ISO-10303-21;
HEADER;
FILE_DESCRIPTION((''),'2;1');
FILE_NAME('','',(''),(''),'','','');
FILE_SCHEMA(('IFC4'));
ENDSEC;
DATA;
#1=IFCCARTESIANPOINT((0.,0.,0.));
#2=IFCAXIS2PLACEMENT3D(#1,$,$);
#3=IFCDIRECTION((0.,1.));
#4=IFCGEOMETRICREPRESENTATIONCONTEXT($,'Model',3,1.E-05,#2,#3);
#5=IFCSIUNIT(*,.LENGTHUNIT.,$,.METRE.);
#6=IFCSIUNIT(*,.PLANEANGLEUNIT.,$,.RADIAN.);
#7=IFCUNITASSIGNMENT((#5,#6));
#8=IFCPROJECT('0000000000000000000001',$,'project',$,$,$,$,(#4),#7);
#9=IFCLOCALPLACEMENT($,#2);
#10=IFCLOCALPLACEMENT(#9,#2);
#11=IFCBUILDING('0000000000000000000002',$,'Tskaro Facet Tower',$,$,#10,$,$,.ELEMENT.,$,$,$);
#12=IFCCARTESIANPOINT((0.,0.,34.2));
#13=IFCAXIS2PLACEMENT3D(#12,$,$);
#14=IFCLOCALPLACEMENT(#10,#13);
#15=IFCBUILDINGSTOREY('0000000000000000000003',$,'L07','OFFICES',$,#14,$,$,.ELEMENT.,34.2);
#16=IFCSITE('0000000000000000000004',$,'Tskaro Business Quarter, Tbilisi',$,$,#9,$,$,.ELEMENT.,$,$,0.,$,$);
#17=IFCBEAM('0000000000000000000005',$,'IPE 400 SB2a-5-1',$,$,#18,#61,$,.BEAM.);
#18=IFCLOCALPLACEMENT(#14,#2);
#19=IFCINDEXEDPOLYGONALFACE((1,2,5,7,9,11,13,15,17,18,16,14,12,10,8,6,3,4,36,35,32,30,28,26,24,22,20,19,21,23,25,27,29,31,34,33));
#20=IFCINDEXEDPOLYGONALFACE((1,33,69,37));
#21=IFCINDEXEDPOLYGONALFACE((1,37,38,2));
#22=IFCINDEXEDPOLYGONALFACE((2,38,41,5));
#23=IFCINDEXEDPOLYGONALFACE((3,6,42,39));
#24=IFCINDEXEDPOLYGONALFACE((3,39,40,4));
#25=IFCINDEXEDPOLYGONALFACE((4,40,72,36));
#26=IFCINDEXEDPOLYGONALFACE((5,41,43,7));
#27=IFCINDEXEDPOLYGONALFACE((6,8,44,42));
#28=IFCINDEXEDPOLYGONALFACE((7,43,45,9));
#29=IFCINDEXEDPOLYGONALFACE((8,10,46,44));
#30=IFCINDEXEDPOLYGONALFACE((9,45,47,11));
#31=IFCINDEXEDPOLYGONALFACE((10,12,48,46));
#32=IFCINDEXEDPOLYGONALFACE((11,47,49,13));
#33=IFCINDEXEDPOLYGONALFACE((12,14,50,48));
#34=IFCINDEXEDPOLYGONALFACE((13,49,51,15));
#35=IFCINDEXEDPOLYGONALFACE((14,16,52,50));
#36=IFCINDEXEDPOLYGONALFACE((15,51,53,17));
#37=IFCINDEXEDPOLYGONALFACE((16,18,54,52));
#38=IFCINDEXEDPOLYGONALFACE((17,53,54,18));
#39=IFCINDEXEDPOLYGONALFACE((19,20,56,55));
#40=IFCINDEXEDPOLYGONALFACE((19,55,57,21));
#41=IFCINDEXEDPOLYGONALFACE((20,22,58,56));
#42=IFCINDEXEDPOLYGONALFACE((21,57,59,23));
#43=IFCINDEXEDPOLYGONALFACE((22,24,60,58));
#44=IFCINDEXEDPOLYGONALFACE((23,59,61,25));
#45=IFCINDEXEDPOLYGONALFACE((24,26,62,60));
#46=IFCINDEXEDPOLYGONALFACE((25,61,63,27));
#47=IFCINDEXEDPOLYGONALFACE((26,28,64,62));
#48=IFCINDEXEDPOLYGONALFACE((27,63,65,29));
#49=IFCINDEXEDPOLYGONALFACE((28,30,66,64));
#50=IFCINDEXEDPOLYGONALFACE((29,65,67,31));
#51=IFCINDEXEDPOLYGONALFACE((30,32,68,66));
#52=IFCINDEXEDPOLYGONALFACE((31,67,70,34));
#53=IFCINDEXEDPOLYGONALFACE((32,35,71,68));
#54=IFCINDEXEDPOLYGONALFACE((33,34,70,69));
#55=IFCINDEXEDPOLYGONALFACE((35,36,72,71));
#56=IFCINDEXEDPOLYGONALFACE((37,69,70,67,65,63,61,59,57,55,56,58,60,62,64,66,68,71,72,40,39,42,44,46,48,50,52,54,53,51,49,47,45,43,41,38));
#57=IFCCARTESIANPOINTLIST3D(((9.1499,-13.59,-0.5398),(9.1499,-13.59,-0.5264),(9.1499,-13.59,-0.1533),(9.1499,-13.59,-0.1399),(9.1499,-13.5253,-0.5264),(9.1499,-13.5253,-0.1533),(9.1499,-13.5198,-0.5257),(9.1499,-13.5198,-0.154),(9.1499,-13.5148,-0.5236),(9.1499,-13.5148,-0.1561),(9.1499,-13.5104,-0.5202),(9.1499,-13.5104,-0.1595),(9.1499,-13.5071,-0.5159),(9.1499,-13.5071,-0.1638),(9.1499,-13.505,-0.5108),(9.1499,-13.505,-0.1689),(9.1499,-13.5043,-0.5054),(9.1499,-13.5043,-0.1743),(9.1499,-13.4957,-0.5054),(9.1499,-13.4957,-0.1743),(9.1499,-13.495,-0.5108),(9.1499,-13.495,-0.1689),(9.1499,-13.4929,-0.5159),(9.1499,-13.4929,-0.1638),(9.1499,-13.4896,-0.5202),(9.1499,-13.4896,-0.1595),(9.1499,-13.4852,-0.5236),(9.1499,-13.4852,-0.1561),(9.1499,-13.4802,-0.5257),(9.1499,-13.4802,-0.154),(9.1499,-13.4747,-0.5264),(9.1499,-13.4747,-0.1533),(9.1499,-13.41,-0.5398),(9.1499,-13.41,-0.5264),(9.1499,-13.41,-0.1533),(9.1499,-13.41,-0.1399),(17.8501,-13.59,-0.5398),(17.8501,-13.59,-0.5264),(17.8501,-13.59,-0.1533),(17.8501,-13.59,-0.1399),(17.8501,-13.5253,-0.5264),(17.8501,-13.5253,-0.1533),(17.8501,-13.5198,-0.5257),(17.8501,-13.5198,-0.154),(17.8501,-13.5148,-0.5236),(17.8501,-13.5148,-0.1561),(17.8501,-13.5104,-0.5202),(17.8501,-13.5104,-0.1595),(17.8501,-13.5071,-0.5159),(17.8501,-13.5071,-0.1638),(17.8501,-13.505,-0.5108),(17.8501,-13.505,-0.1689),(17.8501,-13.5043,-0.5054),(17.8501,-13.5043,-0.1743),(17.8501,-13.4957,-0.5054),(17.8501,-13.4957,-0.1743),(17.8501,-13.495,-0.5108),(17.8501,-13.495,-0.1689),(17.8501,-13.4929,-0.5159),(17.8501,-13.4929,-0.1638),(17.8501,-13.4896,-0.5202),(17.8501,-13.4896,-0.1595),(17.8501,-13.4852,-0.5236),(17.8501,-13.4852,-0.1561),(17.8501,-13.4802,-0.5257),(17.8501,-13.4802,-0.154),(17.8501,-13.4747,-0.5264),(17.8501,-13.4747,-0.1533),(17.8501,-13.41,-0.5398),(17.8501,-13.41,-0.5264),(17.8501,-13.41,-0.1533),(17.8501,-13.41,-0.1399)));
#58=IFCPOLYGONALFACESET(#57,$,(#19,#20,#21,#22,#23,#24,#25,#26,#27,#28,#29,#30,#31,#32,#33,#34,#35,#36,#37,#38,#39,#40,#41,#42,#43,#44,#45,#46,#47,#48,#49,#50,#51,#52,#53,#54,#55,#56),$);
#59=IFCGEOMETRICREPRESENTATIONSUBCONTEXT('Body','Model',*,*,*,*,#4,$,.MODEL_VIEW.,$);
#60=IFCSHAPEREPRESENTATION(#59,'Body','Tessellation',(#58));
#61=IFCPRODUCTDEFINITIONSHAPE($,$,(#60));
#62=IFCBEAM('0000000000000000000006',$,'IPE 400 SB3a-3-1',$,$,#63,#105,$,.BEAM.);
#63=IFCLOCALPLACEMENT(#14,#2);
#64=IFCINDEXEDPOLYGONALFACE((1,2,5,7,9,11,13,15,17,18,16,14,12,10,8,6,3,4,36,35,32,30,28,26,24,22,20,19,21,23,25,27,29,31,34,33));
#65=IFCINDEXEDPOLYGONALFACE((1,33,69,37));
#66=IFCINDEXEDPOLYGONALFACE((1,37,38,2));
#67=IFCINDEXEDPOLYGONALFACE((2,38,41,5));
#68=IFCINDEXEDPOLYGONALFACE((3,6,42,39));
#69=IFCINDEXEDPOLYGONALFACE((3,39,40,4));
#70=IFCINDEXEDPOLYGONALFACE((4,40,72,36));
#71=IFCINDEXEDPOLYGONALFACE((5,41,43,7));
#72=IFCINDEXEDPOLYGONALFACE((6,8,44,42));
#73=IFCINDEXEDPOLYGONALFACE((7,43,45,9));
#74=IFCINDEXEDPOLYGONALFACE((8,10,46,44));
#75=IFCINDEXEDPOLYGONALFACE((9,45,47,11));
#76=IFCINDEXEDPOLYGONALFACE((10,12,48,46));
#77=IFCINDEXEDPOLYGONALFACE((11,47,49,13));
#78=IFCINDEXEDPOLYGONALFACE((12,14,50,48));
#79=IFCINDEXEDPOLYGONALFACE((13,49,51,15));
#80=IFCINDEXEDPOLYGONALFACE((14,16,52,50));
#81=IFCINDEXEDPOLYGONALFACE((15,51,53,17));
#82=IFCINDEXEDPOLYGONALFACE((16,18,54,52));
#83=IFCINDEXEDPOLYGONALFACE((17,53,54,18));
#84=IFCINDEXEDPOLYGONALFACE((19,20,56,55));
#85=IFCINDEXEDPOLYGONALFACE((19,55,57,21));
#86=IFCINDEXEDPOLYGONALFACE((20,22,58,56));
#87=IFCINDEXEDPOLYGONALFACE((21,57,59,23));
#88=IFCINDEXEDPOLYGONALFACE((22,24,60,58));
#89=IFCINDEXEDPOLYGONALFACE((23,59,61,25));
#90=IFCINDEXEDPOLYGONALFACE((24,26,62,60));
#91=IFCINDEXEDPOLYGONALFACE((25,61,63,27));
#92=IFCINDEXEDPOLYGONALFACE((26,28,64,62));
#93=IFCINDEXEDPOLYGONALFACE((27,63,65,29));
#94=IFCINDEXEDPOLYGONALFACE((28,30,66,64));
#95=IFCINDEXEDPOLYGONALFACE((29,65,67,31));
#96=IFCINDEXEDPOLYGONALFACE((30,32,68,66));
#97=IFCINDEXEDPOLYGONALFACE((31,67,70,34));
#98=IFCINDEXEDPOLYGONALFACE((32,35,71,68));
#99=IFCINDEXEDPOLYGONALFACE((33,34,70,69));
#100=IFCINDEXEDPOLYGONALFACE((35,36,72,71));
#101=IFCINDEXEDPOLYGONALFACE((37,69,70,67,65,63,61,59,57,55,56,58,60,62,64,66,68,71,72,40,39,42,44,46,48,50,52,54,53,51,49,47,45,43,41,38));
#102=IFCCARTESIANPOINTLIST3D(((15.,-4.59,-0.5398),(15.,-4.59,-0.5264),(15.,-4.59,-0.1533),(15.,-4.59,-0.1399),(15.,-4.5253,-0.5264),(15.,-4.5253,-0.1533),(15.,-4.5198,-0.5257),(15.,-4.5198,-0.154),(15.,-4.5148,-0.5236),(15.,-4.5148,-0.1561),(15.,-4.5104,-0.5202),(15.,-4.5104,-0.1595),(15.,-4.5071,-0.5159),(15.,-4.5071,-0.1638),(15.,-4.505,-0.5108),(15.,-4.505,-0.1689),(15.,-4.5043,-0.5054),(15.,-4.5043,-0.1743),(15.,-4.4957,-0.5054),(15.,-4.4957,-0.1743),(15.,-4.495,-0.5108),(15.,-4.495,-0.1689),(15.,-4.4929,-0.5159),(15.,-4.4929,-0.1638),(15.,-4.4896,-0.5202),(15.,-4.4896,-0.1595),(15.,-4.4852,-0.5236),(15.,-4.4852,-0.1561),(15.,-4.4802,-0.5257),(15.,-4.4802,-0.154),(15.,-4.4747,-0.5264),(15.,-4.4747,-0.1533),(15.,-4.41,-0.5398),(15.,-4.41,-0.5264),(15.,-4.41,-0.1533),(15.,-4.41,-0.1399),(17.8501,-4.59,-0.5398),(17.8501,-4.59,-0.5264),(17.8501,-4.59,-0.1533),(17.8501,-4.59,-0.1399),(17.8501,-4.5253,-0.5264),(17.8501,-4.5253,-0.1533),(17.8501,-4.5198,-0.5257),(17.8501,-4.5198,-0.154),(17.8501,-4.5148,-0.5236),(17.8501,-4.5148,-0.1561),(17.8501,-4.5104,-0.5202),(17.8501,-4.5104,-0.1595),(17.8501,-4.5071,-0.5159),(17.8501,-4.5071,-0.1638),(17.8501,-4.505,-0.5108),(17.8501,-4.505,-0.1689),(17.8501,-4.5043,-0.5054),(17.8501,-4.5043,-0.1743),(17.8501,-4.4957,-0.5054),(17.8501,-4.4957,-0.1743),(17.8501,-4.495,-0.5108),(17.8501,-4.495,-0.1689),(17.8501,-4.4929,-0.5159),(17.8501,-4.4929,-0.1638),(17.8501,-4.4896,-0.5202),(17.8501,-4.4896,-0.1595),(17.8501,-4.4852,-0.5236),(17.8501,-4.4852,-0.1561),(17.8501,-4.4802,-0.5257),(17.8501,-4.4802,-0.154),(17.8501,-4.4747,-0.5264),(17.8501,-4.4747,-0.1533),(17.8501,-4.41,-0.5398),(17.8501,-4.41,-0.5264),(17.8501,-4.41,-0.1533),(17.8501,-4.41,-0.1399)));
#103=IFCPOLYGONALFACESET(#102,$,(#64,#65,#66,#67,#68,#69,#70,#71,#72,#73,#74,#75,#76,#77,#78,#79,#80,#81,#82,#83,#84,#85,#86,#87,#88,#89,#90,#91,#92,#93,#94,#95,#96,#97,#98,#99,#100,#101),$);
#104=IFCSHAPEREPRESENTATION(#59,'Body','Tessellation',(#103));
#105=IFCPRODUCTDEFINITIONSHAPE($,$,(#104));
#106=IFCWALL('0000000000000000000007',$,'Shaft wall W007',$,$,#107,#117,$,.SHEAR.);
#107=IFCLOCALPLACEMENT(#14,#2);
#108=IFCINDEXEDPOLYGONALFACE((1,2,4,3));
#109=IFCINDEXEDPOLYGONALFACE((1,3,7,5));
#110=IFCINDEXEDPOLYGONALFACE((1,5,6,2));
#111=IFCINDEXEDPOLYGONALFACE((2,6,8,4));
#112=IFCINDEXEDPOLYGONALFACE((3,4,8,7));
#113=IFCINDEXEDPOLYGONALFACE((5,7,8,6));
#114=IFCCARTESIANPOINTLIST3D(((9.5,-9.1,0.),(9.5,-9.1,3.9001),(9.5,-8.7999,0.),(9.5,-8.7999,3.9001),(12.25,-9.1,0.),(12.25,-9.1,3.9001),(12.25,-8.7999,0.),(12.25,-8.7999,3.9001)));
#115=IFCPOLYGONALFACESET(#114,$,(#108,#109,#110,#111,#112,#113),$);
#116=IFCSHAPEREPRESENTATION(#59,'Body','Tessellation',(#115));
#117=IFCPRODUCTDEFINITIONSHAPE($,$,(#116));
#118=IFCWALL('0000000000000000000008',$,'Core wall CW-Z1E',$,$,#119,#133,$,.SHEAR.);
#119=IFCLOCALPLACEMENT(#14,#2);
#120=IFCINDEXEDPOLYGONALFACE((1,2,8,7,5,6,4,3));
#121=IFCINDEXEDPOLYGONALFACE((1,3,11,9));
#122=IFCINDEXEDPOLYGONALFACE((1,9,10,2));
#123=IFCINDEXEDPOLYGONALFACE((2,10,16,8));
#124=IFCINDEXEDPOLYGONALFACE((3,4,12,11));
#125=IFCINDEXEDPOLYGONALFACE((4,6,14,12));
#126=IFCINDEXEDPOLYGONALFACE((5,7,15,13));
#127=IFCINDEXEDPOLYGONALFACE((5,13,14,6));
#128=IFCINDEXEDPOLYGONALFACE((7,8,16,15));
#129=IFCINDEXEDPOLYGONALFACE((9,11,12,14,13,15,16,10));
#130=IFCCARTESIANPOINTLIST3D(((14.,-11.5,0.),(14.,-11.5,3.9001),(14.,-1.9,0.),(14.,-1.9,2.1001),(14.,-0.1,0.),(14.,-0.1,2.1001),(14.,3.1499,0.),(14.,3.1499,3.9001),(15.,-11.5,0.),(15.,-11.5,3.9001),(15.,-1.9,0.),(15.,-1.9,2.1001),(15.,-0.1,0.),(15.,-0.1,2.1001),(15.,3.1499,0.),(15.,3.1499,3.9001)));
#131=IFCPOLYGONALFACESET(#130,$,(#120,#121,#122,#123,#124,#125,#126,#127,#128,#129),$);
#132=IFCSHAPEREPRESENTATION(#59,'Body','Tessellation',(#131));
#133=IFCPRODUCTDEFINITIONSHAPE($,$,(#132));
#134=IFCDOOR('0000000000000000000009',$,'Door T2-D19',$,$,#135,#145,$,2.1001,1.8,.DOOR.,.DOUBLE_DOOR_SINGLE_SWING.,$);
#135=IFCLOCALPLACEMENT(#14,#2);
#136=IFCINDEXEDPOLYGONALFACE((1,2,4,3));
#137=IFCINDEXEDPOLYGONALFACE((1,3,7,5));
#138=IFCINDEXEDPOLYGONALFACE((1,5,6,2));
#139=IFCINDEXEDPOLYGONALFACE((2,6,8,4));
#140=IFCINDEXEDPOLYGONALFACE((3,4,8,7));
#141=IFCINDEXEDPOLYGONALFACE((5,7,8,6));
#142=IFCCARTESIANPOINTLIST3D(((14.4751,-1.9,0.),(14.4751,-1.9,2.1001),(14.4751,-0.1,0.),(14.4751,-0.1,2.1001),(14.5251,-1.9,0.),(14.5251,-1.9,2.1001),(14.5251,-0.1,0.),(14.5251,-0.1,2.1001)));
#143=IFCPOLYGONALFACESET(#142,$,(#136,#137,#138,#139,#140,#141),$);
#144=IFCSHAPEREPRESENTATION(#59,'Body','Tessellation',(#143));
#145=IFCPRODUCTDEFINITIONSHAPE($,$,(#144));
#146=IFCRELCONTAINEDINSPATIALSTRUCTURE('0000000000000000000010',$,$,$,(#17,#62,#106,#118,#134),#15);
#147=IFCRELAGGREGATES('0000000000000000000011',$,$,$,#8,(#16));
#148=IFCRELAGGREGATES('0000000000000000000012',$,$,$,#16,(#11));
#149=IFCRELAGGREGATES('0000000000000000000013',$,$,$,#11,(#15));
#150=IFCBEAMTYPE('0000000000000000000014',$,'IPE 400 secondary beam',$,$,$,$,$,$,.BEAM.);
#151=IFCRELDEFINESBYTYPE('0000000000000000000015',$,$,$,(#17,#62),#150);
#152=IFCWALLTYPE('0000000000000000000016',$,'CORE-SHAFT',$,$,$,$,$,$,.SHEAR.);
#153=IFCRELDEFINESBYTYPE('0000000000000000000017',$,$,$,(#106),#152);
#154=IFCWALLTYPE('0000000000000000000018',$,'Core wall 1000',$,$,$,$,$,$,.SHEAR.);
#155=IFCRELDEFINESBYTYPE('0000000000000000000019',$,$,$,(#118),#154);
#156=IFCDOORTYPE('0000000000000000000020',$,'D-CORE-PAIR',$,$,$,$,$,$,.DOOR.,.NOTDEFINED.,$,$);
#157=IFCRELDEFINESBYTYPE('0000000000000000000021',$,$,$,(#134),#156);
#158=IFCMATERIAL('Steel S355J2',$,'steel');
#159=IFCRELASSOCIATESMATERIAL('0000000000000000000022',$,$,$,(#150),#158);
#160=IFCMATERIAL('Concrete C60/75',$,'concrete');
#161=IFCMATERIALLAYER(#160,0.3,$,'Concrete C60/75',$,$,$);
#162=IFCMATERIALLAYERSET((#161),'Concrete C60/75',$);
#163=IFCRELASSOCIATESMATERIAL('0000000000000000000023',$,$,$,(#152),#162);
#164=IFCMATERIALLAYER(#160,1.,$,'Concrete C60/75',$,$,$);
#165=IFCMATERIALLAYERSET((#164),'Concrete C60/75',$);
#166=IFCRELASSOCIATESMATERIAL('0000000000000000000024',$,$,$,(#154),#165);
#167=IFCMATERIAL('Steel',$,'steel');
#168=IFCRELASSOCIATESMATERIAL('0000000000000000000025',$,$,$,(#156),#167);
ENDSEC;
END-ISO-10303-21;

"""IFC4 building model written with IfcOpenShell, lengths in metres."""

from ifc_helpers import new_model, si_unit, direction, frame, frame_2d, origin, origin_2d, place, context, subcontext, project, spatial, rectangle, i_section, extrude, material, layer, layer_set, material_profile, profile_set, type_object, element, fill, save


model = new_model("IFC4")

# Units and contexts
model_context = context("Model", 3, precision=1e-05, world=origin(), true_north=direction((0.0, 1.0)))
body_context = subcontext(model_context, "Body", "Model", "MODEL_VIEW")
ifc_project = project(units=[si_unit("LENGTHUNIT", "METRE"), si_unit("PLANEANGLEUNIT", "RADIAN")], contexts=[model_context])

# Site, building, storey
site_placement = place(None, origin())
site = spatial("IfcSite", under=ifc_project, at=site_placement, Name="Tskaro Business Quarter, Tbilisi", CompositionType="ELEMENT", RefElevation=0.0)
building_placement = place(site_placement, origin())
building = spatial("IfcBuilding", under=site, at=building_placement, Name="Tskaro Facet Tower", CompositionType="ELEMENT")
storey_placement = place(building_placement, frame((0.0, 0.0, 34.2)))
storey = spatial("IfcBuildingStorey", under=building, at=storey_placement, Name="L07", Description="OFFICES", CompositionType="ELEMENT", Elevation=34.2)

# Beams
ifc_material_1 = material(Name="Steel S355J2", Category="steel")
ifc_material_profile = material_profile(ifc_material_1, i_section(OverallWidth=0.1799, OverallDepth=0.3999, WebThickness=0.0085, FlangeThickness=0.0134, FilletRadius=0.021, at=origin_2d()), Name="IPE 400")
ifc_profile_set = profile_set([ifc_material_profile], Name="Steel S355J2")
beam_type = type_object("IfcBeamType", Name="IPE 400 secondary beam", PredefinedType="BEAM", material=ifc_profile_set)
beam_1_placement = place(storey_placement, frame((9.1499, -13.5, -0.3398), z_axis=(1.0, 0.0, 0.0), x_axis=(0.0, 1.0, 0.0)))
element("IfcBeam", 1, at=beam_1_placement, inside=storey, type_object=beam_type, Name="IPE 400 SB2a-5-1", PredefinedType="BEAM", context=body_context, shape_type="SweptSolid", body=[
    extrude(i_section(OverallWidth=0.1799, OverallDepth=0.3999, WebThickness=0.0085, FlangeThickness=0.0134, FilletRadius=0.021, at=origin_2d()), origin(), (0.0, 0.0, 1.0), 8.7002),
])
beam_2_placement = place(storey_placement, frame((15.0, -4.5, -0.3398), z_axis=(1.0, 0.0, 0.0), x_axis=(0.0, 1.0, 0.0)))
element("IfcBeam", 2, at=beam_2_placement, inside=storey, type_object=beam_type, Name="IPE 400 SB3a-3-1", PredefinedType="BEAM", context=body_context, shape_type="SweptSolid", body=[
    extrude(i_section(OverallWidth=0.1799, OverallDepth=0.3999, WebThickness=0.0085, FlangeThickness=0.0134, FilletRadius=0.021, at=origin_2d()), origin(), (0.0, 0.0, 1.0), 2.8501),
])

# Wall
ifc_material_2 = material(Name="Concrete C60/75", Category="concrete")
ifc_layer_1 = layer(ifc_material_2, 0.3, Name="Concrete C60/75")
ifc_layer_set_1 = layer_set([ifc_layer_1], Name="Concrete C60/75")
wall_type_1 = type_object("IfcWallType", Name="CORE-SHAFT", PredefinedType="SHEAR", material=ifc_layer_set_1)
wall_1_placement = place(storey_placement, frame((9.5, -8.95, 0.0), z_axis=(0.0, 0.0, 1.0), x_axis=(1.0, 0.0, 0.0)))
element("IfcWall", 3, at=wall_1_placement, inside=storey, type_object=wall_type_1, Name="Shaft wall W007", PredefinedType="SHEAR", context=body_context, shape_type="SweptSolid", body=[
    extrude(rectangle(XDim=2.75, YDim=0.3, at=frame_2d((1.375, 0.0))), origin(), (0.0, 0.0, 1.0), 3.9001),
])

# Wall, opening, door
ifc_layer_2 = layer(ifc_material_2, 1.0, Name="Concrete C60/75")
ifc_layer_set_2 = layer_set([ifc_layer_2], Name="Concrete C60/75")
wall_type_2 = type_object("IfcWallType", Name="Core wall 1000", PredefinedType="SHEAR", material=ifc_layer_set_2)
wall_2_placement = place(storey_placement, frame((14.5, -11.5, 0.0), z_axis=(0.0, 0.0, 1.0), x_axis=(0.0, 1.0, 0.0)))
wall_2 = element("IfcWall", 4, at=wall_2_placement, inside=storey, type_object=wall_type_2, Name="Core wall CW-Z1E", PredefinedType="SHEAR", context=body_context, shape_type="SweptSolid", body=[
    extrude(rectangle(XDim=14.6499, YDim=1.0, at=frame_2d((7.325, 0.0))), origin(), (0.0, 0.0, 1.0), 3.9001),
])
opening_1_placement = place(wall_2_placement, frame((9.6001, 0.0, 0.0)))
opening_1 = element("IfcOpeningElement", 5, at=opening_1_placement, cuts=wall_2, PredefinedType="OPENING", context=body_context, shape_type="SweptSolid", body=[
    extrude(rectangle(XDim=1.8, YDim=2.1001, at=frame_2d((0.8999, 1.05))), frame((0.0, 0.51, 0.0), z_axis=(0.0, -1.0, 0.0), x_axis=(1.0, 0.0, 0.0)), (0.0, 0.0, 1.0), 1.02),
])
ifc_material_3 = material(Name="Steel", Category="steel")
door_type_1 = type_object("IfcDoorType", Name="D-CORE-PAIR", OperationType="NOTDEFINED", PredefinedType="DOOR", material=ifc_material_3)
door_1_placement = place(opening_1_placement, origin())
door_1 = element("IfcDoor", 6, at=door_1_placement, inside=storey, type_object=door_type_1, Name="Door T2-D19", OperationType="DOUBLE_DOOR_SINGLE_SWING", OverallHeight=2.1001, OverallWidth=1.8, PredefinedType="DOOR", context=body_context, shape_type="SweptSolid", body=[
    extrude(rectangle(XDim=1.8, YDim=2.1001, at=frame_2d((0.8999, 1.05))), frame((0.0, 0.0249, 0.0), z_axis=(0.0, -1.0, 0.0), x_axis=(1.0, 0.0, 0.0)), (0.0, 0.0, 1.0), 0.05),
])
fill(opening_1, door_1)

save(model, "model.ifc")
